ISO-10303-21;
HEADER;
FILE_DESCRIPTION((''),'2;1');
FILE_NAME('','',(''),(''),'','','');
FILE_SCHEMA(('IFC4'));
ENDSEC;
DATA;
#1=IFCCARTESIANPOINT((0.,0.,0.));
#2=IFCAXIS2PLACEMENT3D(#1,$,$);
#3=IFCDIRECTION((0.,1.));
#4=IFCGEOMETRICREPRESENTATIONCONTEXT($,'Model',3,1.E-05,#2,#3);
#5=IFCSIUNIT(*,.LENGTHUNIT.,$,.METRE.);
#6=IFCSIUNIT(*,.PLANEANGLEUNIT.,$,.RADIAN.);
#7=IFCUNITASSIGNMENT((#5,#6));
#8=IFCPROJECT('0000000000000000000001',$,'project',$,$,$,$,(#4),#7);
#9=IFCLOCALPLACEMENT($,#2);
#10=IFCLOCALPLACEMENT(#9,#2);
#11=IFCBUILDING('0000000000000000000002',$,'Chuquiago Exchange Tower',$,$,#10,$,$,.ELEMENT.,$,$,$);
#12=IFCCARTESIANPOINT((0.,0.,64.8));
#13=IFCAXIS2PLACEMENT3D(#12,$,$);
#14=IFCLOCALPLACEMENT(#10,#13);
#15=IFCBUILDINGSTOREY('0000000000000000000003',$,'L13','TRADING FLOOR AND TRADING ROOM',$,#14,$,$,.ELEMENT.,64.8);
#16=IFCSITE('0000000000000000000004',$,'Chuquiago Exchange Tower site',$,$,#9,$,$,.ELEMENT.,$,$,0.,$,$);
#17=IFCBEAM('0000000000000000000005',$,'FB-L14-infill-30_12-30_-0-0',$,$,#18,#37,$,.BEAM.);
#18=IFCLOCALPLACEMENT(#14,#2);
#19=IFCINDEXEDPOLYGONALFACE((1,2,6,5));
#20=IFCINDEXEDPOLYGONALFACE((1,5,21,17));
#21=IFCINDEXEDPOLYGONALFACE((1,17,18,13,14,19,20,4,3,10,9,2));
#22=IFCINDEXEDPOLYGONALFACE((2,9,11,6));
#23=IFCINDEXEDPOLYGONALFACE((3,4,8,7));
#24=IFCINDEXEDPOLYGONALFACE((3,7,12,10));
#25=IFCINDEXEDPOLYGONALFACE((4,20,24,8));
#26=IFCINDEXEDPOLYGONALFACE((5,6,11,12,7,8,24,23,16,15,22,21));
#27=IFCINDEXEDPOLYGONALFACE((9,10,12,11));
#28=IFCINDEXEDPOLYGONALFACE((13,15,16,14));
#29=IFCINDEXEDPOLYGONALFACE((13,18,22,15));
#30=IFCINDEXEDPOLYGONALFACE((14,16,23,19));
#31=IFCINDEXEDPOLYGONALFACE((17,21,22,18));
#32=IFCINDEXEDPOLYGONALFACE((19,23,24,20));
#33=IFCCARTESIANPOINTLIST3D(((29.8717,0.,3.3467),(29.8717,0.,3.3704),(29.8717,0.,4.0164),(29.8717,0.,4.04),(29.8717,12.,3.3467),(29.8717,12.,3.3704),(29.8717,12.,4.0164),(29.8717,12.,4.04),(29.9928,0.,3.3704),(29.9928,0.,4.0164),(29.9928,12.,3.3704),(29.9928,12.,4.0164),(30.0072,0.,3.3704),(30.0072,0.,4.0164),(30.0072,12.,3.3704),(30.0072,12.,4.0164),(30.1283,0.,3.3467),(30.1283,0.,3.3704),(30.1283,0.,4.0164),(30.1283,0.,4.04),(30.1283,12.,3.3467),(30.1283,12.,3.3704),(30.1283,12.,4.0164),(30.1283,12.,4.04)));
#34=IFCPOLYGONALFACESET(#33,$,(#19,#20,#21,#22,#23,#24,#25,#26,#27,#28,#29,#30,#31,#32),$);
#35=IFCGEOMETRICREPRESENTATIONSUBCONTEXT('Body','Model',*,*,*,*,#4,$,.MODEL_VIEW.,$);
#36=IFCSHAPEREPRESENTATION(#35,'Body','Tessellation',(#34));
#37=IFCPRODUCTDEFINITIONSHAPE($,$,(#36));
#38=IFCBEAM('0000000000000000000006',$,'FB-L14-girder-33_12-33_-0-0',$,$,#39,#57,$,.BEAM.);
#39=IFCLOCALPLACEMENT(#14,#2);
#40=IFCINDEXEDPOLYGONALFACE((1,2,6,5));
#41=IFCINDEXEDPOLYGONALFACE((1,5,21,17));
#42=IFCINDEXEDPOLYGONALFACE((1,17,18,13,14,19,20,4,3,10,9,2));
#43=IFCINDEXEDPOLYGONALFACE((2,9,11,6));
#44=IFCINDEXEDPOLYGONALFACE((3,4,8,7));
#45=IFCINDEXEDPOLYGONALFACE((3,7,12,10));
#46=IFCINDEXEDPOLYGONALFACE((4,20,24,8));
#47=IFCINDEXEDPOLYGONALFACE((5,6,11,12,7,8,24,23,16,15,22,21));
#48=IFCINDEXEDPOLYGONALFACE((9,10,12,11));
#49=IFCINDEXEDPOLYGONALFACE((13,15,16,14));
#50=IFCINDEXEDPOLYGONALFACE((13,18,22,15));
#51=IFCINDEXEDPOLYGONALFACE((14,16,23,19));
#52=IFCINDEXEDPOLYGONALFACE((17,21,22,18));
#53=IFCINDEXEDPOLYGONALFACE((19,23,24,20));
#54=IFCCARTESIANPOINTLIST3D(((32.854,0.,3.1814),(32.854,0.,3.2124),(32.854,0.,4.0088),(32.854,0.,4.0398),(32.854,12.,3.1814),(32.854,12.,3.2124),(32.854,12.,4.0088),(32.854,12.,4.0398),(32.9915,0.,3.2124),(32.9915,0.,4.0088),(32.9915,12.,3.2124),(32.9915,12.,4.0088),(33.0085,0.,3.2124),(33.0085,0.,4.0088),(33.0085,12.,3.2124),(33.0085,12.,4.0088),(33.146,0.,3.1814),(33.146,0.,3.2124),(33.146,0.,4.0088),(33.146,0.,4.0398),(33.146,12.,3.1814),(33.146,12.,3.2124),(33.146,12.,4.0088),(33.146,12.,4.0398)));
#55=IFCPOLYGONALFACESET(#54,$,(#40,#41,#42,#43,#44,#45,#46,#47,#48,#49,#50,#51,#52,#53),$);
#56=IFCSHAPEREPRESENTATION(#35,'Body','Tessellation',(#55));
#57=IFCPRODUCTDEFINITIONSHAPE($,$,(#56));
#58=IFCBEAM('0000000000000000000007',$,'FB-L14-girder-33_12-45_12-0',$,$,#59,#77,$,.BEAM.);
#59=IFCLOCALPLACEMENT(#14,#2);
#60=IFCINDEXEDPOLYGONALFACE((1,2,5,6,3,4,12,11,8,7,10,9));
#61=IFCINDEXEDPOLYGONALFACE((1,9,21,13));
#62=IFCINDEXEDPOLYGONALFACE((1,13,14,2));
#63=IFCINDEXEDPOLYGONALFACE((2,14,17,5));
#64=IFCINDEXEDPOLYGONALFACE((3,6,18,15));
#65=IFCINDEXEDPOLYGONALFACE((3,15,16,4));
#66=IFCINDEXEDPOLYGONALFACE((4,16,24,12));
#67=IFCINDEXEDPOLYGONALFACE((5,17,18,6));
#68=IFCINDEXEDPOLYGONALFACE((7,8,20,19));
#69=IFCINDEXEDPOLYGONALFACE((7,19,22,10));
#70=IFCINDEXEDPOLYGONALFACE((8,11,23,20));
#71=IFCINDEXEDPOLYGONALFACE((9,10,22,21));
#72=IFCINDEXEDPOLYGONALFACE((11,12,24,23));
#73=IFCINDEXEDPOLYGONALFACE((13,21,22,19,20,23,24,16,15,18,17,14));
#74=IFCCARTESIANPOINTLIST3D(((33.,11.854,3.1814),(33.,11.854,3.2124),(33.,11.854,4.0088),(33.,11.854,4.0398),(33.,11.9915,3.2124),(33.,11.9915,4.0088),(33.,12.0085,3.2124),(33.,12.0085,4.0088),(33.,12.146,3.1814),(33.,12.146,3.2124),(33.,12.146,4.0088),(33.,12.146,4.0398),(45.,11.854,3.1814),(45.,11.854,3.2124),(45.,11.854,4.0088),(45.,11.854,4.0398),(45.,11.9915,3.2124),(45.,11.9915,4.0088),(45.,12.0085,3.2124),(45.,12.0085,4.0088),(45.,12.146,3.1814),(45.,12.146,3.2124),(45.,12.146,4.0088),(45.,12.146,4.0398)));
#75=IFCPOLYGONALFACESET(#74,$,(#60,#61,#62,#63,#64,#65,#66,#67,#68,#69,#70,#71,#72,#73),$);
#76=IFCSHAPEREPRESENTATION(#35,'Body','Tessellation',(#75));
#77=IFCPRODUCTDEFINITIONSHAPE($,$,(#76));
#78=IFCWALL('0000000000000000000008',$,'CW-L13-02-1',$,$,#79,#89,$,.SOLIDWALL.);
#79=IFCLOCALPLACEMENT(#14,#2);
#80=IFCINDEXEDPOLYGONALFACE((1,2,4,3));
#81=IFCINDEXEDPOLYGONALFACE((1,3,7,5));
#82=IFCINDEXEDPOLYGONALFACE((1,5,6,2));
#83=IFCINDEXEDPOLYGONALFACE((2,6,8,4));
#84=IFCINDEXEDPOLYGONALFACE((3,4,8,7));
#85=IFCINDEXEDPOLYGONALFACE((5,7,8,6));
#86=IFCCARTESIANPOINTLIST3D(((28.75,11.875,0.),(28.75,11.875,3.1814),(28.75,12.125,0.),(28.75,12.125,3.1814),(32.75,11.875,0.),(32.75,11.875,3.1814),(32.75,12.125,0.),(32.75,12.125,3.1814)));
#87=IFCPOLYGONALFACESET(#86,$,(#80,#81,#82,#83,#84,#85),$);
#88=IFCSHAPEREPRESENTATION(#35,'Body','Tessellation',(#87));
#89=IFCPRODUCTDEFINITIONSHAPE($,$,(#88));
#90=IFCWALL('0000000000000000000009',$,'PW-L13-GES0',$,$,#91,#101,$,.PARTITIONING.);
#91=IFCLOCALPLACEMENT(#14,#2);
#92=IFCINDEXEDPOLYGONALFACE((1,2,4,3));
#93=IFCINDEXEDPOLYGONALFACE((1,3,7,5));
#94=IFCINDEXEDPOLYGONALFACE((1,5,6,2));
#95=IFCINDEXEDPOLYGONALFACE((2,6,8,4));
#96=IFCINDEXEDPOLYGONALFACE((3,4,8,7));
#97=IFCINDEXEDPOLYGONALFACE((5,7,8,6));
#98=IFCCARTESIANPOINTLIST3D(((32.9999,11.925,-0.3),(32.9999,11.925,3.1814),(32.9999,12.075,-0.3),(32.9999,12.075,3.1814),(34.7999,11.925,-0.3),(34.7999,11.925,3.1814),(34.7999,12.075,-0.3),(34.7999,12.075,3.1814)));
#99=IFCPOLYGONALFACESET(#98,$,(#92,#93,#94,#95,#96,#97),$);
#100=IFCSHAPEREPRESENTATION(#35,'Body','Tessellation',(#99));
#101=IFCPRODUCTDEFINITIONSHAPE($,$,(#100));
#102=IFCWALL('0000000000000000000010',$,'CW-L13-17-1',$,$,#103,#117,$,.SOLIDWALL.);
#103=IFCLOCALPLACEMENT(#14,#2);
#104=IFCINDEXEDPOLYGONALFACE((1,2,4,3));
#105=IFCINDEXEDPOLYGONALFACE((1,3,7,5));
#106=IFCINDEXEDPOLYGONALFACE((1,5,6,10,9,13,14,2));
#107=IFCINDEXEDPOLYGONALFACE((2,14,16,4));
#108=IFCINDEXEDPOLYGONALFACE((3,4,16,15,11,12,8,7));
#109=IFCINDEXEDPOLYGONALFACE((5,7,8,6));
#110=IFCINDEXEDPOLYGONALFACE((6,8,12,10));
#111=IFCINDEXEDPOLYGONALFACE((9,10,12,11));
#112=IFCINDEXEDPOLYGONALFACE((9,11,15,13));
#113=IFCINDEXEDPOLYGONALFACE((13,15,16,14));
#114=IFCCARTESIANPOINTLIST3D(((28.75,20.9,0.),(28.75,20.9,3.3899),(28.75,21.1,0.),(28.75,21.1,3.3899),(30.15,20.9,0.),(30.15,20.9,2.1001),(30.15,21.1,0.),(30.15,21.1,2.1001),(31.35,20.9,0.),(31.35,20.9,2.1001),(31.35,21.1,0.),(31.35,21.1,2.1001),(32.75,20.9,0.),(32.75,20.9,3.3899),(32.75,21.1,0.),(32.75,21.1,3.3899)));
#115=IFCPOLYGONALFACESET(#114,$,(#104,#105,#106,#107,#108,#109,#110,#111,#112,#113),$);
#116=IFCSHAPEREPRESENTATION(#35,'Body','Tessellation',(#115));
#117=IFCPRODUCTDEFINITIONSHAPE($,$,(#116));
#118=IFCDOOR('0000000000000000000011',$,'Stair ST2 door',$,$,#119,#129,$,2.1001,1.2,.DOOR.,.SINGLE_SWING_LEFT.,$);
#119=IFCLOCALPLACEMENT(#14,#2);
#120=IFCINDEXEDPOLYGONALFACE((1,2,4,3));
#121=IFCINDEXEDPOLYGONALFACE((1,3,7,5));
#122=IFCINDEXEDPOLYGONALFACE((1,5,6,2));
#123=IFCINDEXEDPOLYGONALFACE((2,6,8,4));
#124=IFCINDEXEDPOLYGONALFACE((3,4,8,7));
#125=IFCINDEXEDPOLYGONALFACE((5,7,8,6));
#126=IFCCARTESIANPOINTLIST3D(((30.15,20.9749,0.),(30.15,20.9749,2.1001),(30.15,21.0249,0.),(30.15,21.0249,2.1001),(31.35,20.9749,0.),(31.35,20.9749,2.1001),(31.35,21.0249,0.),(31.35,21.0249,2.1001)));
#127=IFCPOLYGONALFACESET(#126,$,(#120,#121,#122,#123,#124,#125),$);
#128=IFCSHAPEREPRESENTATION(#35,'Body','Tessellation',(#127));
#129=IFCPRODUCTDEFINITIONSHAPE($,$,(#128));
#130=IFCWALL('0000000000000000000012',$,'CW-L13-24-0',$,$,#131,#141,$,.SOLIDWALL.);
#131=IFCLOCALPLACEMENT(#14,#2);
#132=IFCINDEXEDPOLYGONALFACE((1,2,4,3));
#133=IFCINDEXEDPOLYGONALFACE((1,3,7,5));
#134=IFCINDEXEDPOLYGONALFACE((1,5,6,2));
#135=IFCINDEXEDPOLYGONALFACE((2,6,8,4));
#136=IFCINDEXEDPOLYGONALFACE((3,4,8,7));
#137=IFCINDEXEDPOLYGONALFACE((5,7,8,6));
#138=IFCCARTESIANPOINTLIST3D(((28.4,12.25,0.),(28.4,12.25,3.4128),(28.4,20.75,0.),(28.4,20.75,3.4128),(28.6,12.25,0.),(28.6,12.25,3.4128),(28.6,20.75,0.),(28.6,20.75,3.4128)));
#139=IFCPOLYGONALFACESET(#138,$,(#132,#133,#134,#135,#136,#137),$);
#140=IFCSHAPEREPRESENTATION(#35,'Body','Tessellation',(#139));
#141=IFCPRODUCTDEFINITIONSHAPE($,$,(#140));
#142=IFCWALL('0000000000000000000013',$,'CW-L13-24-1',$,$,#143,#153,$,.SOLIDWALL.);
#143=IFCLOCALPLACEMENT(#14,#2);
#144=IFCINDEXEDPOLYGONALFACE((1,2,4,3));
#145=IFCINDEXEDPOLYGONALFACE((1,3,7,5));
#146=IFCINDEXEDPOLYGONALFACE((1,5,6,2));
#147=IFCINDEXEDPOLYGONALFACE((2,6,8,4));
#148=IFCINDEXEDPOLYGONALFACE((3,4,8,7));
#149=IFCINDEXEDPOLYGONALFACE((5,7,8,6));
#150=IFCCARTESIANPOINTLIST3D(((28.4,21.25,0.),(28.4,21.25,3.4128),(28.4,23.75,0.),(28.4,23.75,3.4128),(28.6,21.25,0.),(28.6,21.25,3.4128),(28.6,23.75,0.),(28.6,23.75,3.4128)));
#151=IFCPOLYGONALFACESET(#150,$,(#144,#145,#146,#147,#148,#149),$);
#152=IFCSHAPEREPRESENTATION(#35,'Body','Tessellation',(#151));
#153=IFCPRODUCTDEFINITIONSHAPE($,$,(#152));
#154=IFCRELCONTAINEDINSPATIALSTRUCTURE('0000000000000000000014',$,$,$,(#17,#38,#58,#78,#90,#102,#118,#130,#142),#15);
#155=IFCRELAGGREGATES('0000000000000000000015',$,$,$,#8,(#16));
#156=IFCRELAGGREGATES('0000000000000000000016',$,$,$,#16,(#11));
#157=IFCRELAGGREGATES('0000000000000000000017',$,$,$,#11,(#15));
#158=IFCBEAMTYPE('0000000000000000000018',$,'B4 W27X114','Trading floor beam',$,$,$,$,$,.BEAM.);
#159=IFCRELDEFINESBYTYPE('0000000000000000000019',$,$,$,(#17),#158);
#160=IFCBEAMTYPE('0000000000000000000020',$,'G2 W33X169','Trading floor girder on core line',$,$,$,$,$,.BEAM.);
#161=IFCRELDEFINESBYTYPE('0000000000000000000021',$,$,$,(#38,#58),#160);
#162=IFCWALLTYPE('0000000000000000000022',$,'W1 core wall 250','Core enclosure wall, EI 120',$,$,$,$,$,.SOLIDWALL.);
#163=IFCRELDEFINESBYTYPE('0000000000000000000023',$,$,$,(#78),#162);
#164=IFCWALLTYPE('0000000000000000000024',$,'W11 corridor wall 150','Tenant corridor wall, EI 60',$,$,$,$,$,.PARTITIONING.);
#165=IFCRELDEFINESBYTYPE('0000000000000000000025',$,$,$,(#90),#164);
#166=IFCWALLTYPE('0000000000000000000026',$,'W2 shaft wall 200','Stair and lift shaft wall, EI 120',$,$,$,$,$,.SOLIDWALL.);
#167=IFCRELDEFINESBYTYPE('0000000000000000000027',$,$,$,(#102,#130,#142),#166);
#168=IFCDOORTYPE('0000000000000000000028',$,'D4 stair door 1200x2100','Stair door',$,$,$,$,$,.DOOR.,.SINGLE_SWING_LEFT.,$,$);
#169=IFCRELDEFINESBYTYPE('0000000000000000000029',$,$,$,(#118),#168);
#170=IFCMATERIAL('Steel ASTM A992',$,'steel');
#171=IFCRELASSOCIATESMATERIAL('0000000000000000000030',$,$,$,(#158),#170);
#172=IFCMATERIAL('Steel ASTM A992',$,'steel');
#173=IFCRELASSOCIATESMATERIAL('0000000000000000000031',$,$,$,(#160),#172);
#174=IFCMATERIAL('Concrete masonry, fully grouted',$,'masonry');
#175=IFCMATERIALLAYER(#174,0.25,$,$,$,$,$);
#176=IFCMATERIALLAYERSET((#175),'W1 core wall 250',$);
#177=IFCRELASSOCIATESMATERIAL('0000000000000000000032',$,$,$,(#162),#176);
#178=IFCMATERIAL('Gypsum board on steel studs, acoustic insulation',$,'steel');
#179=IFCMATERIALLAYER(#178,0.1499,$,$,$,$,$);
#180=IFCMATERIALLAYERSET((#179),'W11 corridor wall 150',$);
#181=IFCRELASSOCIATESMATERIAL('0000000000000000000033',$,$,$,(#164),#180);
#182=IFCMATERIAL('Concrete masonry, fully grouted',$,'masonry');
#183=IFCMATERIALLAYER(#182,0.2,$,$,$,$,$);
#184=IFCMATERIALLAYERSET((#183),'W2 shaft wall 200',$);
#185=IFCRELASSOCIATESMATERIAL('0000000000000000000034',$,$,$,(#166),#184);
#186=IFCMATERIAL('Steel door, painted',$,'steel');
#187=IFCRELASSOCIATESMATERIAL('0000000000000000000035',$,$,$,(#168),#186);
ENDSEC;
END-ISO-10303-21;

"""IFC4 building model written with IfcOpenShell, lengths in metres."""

from ifc_helpers import new_model, si_unit, direction, frame, frame_2d, origin, origin_2d, place, context, subcontext, project, spatial, rectangle, i_section, extrude, material, layer, layer_set, material_profile, profile_set, type_object, element, fill, save


model = new_model("IFC4")

# Units and contexts
model_context = context("Model", 3, precision=1e-05, world=origin(), true_north=direction((0.0, 1.0)))
body_context = subcontext(model_context, "Body", "Model", "MODEL_VIEW")
ifc_project = project(units=[si_unit("LENGTHUNIT", "METRE"), si_unit("PLANEANGLEUNIT", "RADIAN")], contexts=[model_context])

# Site, building, storey
site_placement = place(None, origin())
site = spatial("IfcSite", under=ifc_project, at=site_placement, Name="Chuquiago Exchange Tower site", CompositionType="ELEMENT", RefElevation=0.0)
building_placement = place(site_placement, origin())
building = spatial("IfcBuilding", under=site, at=building_placement, Name="Chuquiago Exchange Tower", CompositionType="ELEMENT")
storey_placement = place(building_placement, frame((0.0, 0.0, 64.8)))
storey = spatial("IfcBuildingStorey", under=building, at=storey_placement, Name="L13", Description="TRADING FLOOR AND TRADING ROOM", CompositionType="ELEMENT", Elevation=64.8)

# Beams
ifc_material_1 = material(Name="Steel ASTM A992", Category="steel")
ifc_material_profile_1 = material_profile(ifc_material_1, i_section(OverallWidth=0.2566, OverallDepth=0.6934, WebThickness=0.0144, FlangeThickness=0.0237, at=origin_2d()), Name="W27X114")
ifc_profile_set_1 = profile_set([ifc_material_profile_1], Name="Steel ASTM A992")
beam_type_1 = type_object("IfcBeamType", Name="B4 W27X114", Description="Trading floor beam", PredefinedType="BEAM", material=ifc_profile_set_1)
beam_1_placement = place(storey_placement, frame((30.0, 12.0, 3.6934), z_axis=(0.0, -1.0, 0.0), x_axis=(1.0, 0.0, 0.0)))
element("IfcBeam", 1, at=beam_1_placement, inside=storey, type_object=beam_type_1, Name="FB-L14-infill-30_12-30_-0-0", PredefinedType="BEAM", context=body_context, shape_type="SweptSolid", body=[
    extrude(i_section(OverallWidth=0.2566, OverallDepth=0.6934, WebThickness=0.0144, FlangeThickness=0.0237, at=origin_2d()), origin(), (0.0, 0.0, 1.0), 12.0),
])
ifc_material_2 = material(Name="Steel ASTM A992", Category="steel")
ifc_material_profile_2 = material_profile(ifc_material_2, i_section(OverallWidth=0.292, OverallDepth=0.8584, WebThickness=0.0171, FlangeThickness=0.031, at=origin_2d()), Name="W33X169")
ifc_profile_set_2 = profile_set([ifc_material_profile_2], Name="Steel ASTM A992")
beam_type_2 = type_object("IfcBeamType", Name="G2 W33X169", Description="Trading floor girder on core line", PredefinedType="BEAM", material=ifc_profile_set_2)
for number, where, z_axis, x_axis, name in (
    (2, (33.0, 12.0, 3.6106), (0.0, -1.0, 0.0), (1.0, 0.0, 0.0), "FB-L14-girder-33_12-33_-0-0"),
    (3, (33.0, 12.0, 3.6106), (1.0, 0.0, 0.0), (0.0, 1.0, 0.0), "FB-L14-girder-33_12-45_12-0"),
):
    element("IfcBeam", number, at=place(storey_placement, frame(where, z_axis=z_axis, x_axis=x_axis)), inside=storey, type_object=beam_type_2, Name=name, PredefinedType="BEAM", context=body_context, shape_type="SweptSolid", body=[
        extrude(i_section(OverallWidth=0.292, OverallDepth=0.8584, WebThickness=0.0171, FlangeThickness=0.031, at=origin_2d()), origin(), (0.0, 0.0, 1.0), 12.0),
    ])

# Walls
ifc_material_3 = material(Name="Concrete masonry, fully grouted", Category="masonry")
ifc_layer_1 = layer(ifc_material_3, 0.25)
ifc_layer_set_1 = layer_set([ifc_layer_1], Name="W1 core wall 250")
wall_type_1 = type_object("IfcWallType", Name="W1 core wall 250", Description="Core enclosure wall, EI 120", PredefinedType="SOLIDWALL", material=ifc_layer_set_1)
wall_1_placement = place(storey_placement, frame((28.75, 12.0, 0.0), z_axis=(0.0, 0.0, 1.0), x_axis=(1.0, 0.0, 0.0)))
element("IfcWall", 4, at=wall_1_placement, inside=storey, type_object=wall_type_1, Name="CW-L13-02-1", PredefinedType="SOLIDWALL", context=body_context, shape_type="SweptSolid", body=[
    extrude(rectangle(XDim=4.0, YDim=0.25, at=frame_2d((2.0, 0.0))), origin(), (0.0, 0.0, 1.0), 3.1814),
])
ifc_material_4 = material(Name="Gypsum board on steel studs, acoustic insulation", Category="steel")
ifc_layer_2 = layer(ifc_material_4, 0.1499)
ifc_layer_set_2 = layer_set([ifc_layer_2], Name="W11 corridor wall 150")
wall_type_2 = type_object("IfcWallType", Name="W11 corridor wall 150", Description="Tenant corridor wall, EI 60", PredefinedType="PARTITIONING", material=ifc_layer_set_2)
wall_2_placement = place(storey_placement, frame((33.0, 12.0, -0.3), z_axis=(0.0, 0.0, 1.0), x_axis=(1.0, 0.0, 0.0)))
element("IfcWall", 5, at=wall_2_placement, inside=storey, type_object=wall_type_2, Name="PW-L13-GES0", PredefinedType="PARTITIONING", context=body_context, shape_type="SweptSolid", body=[
    extrude(rectangle(XDim=1.8, YDim=0.1499, at=frame_2d((0.8999, 0.0))), origin(), (0.0, 0.0, 1.0), 3.4814),
])

# Wall, opening, door
ifc_material_5 = material(Name="Concrete masonry, fully grouted", Category="masonry")
ifc_layer_3 = layer(ifc_material_5, 0.2)
ifc_layer_set_3 = layer_set([ifc_layer_3], Name="W2 shaft wall 200")
wall_type_3 = type_object("IfcWallType", Name="W2 shaft wall 200", Description="Stair and lift shaft wall, EI 120", PredefinedType="SOLIDWALL", material=ifc_layer_set_3)
wall_3_placement = place(storey_placement, frame((28.75, 21.0, 0.0), z_axis=(0.0, 0.0, 1.0), x_axis=(1.0, 0.0, 0.0)))
wall_3 = element("IfcWall", 6, at=wall_3_placement, inside=storey, type_object=wall_type_3, Name="CW-L13-17-1", PredefinedType="SOLIDWALL", context=body_context, shape_type="SweptSolid", body=[
    extrude(rectangle(XDim=4.0, YDim=0.2, at=frame_2d((2.0, 0.0))), origin(), (0.0, 0.0, 1.0), 3.3899),
])
opening_placement = place(wall_3_placement, frame((1.3999, 0.0, 0.0)))
opening = element("IfcOpeningElement", 7, at=opening_placement, cuts=wall_3, PredefinedType="OPENING", context=body_context, shape_type="SweptSolid", body=[
    extrude(rectangle(XDim=1.2, YDim=2.1001, at=frame_2d((0.6001, 1.05))), frame((0.0, 0.1099, 0.0), z_axis=(0.0, -1.0, 0.0), x_axis=(1.0, 0.0, 0.0)), (0.0, 0.0, 1.0), 0.22),
])
ifc_material_6 = material(Name="Steel door, painted", Category="steel")
door_type = type_object("IfcDoorType", Name="D4 stair door 1200x2100", Description="Stair door", OperationType="SINGLE_SWING_LEFT", PredefinedType="DOOR", material=ifc_material_6)
door_placement = place(opening_placement, origin())
door = element("IfcDoor", 8, at=door_placement, inside=storey, type_object=door_type, Name="Stair ST2 door", OperationType="SINGLE_SWING_LEFT", OverallHeight=2.1001, OverallWidth=1.2, PredefinedType="DOOR", context=body_context, shape_type="SweptSolid", body=[
    extrude(rectangle(XDim=1.2, YDim=2.1001, at=frame_2d((0.6001, 1.05))), frame((0.0, 0.0249, 0.0), z_axis=(0.0, -1.0, 0.0), x_axis=(1.0, 0.0, 0.0)), (0.0, 0.0, 1.0), 0.05),
])
fill(opening, door)

# Walls
wall_4_placement = place(storey_placement, frame((28.5, 12.25, 0.0), z_axis=(0.0, 0.0, 1.0), x_axis=(0.0, 1.0, 0.0)))
element("IfcWall", 9, at=wall_4_placement, inside=storey, type_object=wall_type_3, Name="CW-L13-24-0", PredefinedType="SOLIDWALL", context=body_context, shape_type="SweptSolid", body=[
    extrude(rectangle(XDim=8.5, YDim=0.2, at=frame_2d((4.25, 0.0))), origin(), (0.0, 0.0, 1.0), 3.4128),
])
wall_5_placement = place(storey_placement, frame((28.5, 21.25, 0.0), z_axis=(0.0, 0.0, 1.0), x_axis=(0.0, 1.0, 0.0)))
element("IfcWall", 10, at=wall_5_placement, inside=storey, type_object=wall_type_3, Name="CW-L13-24-1", PredefinedType="SOLIDWALL", context=body_context, shape_type="SweptSolid", body=[
    extrude(rectangle(XDim=2.5, YDim=0.2, at=frame_2d((1.25, 0.0))), origin(), (0.0, 0.0, 1.0), 3.4128),
])

save(model, "model.ifc")
